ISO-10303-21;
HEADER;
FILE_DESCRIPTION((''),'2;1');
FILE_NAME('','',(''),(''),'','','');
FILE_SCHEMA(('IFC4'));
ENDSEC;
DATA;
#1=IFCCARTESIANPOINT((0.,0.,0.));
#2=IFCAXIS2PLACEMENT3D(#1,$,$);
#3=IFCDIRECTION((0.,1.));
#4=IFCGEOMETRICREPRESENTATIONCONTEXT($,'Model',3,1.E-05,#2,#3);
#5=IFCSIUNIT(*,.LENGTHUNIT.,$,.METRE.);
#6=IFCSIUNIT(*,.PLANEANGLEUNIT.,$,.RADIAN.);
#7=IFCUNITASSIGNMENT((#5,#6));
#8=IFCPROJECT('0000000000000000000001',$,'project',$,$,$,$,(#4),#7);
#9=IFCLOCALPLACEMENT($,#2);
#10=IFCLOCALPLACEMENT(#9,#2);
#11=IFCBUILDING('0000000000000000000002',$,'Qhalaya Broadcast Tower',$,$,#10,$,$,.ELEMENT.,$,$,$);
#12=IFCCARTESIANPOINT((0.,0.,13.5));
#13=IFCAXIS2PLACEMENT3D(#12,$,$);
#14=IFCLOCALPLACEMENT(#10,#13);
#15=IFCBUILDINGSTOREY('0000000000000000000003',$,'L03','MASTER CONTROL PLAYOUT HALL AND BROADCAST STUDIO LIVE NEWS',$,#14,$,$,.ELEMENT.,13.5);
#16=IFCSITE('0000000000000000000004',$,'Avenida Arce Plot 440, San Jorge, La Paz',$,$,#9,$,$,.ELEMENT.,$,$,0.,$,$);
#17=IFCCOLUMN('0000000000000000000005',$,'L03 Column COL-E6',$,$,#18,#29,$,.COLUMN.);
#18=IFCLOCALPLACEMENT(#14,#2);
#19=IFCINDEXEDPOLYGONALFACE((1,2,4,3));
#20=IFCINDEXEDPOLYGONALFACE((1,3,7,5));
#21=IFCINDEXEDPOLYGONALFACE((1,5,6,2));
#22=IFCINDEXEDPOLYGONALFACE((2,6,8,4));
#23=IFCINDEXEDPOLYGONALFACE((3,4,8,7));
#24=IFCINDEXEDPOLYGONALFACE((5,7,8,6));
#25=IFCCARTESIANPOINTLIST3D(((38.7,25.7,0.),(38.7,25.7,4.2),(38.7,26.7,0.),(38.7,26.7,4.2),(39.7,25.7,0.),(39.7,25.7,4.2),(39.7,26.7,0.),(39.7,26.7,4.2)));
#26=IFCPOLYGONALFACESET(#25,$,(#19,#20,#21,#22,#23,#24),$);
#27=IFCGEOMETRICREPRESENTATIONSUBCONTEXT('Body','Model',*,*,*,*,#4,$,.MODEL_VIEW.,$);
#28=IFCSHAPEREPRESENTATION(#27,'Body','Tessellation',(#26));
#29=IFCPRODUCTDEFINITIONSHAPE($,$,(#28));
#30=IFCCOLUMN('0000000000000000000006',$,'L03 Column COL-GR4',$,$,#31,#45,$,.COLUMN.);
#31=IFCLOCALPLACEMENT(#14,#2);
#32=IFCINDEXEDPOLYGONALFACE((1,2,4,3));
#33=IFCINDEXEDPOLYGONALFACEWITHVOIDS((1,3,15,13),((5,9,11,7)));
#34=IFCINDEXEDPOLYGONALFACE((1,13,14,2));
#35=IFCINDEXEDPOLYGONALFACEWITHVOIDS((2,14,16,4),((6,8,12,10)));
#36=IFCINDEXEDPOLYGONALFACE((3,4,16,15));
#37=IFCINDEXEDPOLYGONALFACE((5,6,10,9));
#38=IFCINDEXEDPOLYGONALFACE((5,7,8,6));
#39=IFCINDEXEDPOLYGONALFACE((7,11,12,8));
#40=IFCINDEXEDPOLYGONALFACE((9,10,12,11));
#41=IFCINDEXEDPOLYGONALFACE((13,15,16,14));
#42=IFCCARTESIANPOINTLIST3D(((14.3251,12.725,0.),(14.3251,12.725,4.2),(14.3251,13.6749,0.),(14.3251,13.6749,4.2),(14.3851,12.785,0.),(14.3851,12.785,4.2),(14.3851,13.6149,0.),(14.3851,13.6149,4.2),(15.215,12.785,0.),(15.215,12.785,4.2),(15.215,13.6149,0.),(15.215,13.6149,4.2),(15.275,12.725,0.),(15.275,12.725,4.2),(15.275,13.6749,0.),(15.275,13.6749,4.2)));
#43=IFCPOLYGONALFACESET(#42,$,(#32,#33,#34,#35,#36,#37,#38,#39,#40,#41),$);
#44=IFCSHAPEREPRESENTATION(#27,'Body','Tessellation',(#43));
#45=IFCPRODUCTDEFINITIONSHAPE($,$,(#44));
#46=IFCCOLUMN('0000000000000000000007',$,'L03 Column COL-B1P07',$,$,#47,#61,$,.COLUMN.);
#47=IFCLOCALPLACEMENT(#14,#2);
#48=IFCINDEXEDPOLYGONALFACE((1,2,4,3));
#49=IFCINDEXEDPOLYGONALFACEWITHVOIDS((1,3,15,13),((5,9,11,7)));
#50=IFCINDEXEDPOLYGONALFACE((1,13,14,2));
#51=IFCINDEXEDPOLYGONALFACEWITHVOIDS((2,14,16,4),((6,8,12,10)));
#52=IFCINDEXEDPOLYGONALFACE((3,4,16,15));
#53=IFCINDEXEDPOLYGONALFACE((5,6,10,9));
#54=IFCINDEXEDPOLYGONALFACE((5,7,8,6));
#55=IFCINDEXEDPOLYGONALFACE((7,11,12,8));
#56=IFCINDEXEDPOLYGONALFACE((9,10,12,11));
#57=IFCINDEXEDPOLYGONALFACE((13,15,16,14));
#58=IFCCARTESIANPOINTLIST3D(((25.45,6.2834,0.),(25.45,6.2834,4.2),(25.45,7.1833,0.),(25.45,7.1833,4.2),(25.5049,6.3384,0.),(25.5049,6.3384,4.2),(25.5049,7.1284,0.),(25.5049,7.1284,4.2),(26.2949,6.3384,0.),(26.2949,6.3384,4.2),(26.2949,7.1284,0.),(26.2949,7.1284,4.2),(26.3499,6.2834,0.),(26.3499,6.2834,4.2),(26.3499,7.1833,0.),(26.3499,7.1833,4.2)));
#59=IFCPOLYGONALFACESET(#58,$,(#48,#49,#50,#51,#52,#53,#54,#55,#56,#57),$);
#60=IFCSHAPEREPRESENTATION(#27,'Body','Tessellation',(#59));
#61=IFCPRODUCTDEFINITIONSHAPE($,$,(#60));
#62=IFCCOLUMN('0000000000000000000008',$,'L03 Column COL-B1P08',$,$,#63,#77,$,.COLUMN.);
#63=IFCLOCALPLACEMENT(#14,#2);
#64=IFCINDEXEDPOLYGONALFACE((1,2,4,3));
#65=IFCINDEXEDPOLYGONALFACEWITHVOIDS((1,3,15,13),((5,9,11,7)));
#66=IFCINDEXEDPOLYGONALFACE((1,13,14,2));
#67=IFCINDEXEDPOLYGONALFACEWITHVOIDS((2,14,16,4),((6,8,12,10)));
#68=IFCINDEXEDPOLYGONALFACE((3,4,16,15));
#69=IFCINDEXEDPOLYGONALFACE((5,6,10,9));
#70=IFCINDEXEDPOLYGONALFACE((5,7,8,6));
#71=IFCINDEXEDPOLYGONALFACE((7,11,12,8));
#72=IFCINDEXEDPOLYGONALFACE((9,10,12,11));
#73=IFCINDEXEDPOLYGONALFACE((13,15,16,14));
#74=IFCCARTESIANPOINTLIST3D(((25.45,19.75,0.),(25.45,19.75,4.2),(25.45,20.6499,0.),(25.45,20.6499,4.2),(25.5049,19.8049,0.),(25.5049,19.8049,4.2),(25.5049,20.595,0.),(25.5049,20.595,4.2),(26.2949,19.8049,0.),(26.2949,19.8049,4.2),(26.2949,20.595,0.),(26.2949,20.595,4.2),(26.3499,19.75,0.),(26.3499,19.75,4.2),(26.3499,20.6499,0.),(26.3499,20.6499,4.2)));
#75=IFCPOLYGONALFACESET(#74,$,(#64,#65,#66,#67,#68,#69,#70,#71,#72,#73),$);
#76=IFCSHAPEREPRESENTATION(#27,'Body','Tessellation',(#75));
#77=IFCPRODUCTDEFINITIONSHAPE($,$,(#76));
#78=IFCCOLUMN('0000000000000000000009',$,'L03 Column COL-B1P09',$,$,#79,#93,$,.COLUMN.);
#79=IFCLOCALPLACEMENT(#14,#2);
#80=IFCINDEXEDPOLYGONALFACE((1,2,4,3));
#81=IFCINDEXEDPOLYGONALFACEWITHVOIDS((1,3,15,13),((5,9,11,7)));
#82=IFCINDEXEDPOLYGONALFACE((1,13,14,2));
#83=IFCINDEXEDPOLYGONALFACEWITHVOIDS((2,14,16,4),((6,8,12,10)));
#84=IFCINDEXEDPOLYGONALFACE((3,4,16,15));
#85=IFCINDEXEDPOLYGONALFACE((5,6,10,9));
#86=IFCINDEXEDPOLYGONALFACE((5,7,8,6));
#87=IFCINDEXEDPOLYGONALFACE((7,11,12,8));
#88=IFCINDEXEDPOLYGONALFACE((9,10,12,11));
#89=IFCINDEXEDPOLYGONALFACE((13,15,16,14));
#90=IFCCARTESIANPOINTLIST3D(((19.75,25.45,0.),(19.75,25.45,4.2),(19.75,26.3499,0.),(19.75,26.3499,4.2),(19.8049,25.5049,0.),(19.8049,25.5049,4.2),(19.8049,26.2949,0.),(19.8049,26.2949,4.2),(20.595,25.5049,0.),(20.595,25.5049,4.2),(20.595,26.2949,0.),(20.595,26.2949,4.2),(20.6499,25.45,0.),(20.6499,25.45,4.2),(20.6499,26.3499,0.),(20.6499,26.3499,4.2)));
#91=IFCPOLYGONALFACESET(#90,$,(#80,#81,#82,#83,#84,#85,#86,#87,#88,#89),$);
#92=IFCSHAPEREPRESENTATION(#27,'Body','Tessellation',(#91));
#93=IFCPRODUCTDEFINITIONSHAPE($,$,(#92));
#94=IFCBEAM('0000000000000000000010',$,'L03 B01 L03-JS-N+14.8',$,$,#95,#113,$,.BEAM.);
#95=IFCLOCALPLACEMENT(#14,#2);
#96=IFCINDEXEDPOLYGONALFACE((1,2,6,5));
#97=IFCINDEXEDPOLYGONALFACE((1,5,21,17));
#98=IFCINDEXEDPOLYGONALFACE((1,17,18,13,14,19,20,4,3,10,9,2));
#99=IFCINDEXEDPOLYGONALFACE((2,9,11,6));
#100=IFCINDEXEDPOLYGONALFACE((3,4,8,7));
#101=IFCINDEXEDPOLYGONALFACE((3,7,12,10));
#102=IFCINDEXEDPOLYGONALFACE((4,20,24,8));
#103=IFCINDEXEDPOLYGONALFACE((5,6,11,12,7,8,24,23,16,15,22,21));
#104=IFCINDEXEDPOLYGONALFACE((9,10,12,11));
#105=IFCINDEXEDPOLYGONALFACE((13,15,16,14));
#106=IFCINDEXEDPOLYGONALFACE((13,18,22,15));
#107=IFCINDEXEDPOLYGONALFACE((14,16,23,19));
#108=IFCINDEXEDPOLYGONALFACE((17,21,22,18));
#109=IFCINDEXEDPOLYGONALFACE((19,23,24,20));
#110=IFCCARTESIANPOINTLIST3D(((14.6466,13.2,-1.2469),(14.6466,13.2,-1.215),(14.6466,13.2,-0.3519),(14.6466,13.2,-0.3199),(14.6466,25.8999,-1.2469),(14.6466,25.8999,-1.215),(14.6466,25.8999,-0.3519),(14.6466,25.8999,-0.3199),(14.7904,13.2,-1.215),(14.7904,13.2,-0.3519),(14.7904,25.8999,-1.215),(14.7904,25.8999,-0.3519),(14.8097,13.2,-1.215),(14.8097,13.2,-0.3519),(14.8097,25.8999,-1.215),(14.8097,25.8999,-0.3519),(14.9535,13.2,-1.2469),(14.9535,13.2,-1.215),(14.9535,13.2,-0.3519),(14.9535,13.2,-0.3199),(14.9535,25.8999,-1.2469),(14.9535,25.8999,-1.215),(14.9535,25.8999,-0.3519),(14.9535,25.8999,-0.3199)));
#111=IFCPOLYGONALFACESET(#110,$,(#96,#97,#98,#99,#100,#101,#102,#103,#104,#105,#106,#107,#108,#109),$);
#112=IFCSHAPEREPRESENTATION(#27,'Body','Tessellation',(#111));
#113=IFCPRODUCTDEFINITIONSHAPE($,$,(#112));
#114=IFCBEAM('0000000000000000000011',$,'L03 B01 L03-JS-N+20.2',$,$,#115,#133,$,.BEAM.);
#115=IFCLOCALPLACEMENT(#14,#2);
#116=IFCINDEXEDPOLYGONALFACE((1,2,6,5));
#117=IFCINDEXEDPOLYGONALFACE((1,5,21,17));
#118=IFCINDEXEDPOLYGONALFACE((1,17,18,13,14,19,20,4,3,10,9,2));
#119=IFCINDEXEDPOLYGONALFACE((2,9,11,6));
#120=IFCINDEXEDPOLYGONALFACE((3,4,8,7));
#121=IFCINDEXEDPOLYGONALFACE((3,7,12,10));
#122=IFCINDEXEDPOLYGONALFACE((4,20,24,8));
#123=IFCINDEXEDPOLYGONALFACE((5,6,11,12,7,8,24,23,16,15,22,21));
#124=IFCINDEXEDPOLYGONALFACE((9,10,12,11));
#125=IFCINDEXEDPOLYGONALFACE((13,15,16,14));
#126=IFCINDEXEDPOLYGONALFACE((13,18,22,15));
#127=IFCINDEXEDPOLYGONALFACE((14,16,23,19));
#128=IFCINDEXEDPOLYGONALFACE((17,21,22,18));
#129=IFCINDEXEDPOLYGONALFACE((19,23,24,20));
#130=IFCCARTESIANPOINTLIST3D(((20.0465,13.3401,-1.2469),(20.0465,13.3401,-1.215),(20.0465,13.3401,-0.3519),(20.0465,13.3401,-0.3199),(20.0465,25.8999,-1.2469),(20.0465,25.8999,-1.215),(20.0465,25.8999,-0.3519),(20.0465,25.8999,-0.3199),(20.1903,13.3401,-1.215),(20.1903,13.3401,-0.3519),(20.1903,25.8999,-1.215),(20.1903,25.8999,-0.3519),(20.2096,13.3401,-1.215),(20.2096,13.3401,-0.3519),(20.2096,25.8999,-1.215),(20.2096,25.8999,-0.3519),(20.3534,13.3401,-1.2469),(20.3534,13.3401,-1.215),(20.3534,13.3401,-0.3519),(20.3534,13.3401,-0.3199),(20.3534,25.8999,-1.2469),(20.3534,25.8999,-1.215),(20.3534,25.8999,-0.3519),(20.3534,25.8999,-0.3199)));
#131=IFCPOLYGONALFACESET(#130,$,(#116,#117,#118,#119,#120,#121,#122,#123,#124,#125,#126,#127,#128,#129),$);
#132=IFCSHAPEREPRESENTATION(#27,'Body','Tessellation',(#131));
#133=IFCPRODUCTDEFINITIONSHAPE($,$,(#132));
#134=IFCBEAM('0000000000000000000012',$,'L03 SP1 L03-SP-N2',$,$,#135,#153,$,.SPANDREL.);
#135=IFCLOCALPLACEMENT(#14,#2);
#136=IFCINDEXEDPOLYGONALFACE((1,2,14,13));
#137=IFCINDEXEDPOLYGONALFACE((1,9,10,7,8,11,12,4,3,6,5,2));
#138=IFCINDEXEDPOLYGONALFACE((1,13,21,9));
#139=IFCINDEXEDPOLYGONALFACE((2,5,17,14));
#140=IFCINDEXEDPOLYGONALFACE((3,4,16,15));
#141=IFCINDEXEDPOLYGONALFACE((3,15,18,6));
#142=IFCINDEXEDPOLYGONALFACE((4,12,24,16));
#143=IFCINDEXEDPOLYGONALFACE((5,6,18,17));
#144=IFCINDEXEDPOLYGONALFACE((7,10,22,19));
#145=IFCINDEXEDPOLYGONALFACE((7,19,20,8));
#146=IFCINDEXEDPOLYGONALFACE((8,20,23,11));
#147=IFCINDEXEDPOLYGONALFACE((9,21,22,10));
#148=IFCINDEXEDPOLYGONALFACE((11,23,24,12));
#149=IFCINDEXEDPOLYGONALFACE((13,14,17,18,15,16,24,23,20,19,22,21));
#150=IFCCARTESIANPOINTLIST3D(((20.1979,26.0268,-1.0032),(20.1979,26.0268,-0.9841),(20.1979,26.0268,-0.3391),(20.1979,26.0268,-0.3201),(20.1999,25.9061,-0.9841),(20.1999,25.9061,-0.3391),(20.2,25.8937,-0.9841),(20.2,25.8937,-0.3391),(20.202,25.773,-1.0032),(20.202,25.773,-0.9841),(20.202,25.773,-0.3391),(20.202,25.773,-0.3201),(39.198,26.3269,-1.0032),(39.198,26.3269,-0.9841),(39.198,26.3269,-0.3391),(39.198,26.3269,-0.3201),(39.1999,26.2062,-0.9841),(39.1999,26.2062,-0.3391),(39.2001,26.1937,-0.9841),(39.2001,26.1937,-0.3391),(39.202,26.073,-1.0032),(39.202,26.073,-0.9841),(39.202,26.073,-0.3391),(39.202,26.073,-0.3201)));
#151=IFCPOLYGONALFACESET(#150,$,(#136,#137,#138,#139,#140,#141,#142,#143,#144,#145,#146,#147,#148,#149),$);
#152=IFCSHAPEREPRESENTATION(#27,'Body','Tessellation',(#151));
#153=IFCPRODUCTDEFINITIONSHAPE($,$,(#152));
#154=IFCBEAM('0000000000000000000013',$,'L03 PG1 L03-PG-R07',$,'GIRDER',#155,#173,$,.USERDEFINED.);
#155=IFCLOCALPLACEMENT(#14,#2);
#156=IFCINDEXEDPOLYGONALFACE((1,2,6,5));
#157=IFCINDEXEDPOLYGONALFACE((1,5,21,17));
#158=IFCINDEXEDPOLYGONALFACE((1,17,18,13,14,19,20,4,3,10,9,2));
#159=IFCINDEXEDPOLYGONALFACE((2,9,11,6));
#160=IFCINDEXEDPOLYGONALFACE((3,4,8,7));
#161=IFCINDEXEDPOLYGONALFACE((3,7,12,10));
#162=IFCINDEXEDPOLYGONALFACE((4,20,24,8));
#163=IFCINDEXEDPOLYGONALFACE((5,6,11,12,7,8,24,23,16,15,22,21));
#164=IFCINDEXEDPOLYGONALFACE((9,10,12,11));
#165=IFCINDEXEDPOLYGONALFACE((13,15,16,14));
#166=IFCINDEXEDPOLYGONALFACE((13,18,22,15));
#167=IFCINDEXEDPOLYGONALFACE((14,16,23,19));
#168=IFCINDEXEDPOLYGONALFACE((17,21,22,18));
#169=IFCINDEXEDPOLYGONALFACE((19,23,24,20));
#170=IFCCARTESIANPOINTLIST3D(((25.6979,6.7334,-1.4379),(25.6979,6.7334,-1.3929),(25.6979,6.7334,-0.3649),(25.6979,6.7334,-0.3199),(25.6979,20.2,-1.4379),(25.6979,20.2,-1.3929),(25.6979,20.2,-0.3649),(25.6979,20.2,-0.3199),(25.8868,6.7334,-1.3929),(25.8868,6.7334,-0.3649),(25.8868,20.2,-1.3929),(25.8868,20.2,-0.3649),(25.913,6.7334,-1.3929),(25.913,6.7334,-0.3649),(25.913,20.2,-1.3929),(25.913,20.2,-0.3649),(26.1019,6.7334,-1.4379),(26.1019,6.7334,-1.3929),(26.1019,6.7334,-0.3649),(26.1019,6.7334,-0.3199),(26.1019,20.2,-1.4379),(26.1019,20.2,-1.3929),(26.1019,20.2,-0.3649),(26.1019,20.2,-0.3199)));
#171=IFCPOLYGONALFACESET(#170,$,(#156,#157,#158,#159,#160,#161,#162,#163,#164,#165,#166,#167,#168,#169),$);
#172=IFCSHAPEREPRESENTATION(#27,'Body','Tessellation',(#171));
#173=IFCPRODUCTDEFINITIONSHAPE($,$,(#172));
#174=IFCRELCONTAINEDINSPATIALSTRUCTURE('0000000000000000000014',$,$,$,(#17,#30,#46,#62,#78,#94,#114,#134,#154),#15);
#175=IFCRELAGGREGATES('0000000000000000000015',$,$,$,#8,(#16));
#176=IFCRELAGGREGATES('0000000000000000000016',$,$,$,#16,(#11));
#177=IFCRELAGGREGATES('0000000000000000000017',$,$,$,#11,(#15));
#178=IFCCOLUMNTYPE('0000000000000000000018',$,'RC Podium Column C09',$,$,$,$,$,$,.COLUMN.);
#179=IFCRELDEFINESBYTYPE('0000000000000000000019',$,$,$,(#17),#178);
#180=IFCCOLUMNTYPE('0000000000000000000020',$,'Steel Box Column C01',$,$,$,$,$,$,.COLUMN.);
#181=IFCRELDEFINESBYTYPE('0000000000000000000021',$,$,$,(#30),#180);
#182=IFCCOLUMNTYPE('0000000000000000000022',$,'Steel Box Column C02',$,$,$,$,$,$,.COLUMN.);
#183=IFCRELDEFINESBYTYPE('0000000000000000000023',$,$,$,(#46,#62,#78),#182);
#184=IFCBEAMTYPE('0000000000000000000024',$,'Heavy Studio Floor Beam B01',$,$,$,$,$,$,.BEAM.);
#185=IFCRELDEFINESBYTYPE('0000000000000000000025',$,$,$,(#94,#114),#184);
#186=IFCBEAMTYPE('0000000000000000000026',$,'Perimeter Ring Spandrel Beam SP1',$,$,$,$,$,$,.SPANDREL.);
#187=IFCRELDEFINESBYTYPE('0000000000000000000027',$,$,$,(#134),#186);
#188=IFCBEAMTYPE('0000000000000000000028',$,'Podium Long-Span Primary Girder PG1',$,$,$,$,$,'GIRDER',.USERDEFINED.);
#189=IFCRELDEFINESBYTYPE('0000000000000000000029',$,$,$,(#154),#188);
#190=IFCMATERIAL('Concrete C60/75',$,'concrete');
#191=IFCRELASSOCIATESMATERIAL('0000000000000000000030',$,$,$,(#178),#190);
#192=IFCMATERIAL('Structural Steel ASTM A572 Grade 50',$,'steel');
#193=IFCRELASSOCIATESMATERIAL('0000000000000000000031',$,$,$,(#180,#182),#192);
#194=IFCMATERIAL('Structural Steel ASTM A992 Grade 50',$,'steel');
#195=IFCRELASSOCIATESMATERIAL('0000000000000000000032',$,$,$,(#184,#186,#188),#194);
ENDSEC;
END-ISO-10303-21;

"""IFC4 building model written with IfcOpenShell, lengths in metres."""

from ifc_helpers import new_model, si_unit, direction, frame, origin, origin_2d, place, context, subcontext, project, spatial, rectangle, hollow_rectangle, i_section, extrude, material, material_profile, profile_set, type_object, element, save


model = new_model("IFC4")

# Units and contexts
model_context = context("Model", 3, precision=1e-05, world=origin(), true_north=direction((0.0, 1.0)))
body_context = subcontext(model_context, "Body", "Model", "MODEL_VIEW")
ifc_project = project(units=[si_unit("LENGTHUNIT", "METRE"), si_unit("PLANEANGLEUNIT", "RADIAN")], contexts=[model_context])

# Site, building, storey
site_placement = place(None, origin())
site = spatial("IfcSite", under=ifc_project, at=site_placement, Name="Avenida Arce Plot 440, San Jorge, La Paz", CompositionType="ELEMENT", RefElevation=0.0)
building_placement = place(site_placement, origin())
building = spatial("IfcBuilding", under=site, at=building_placement, Name="Qhalaya Broadcast Tower", CompositionType="ELEMENT")
storey_placement = place(building_placement, frame((0.0, 0.0, 13.5)))
storey = spatial("IfcBuildingStorey", under=building, at=storey_placement, Name="L03", Description="MASTER CONTROL PLAYOUT HALL AND BROADCAST STUDIO LIVE NEWS", CompositionType="ELEMENT", Elevation=13.5)

# Columns
ifc_material_1 = material(Name="Concrete C60/75", Category="concrete")
ifc_material_profile_1 = material_profile(ifc_material_1, rectangle(XDim=1.0, YDim=1.0, at=origin_2d()), Name="RC-COL 1000x1000")
ifc_profile_set_1 = profile_set([ifc_material_profile_1], Name="Concrete C60/75")
column_type_1 = type_object("IfcColumnType", Name="RC Podium Column C09", PredefinedType="COLUMN", material=ifc_profile_set_1)
column_1_placement = place(storey_placement, frame((39.2, 26.2, 0.0), z_axis=(0.0, 0.0, 1.0), x_axis=(1.0, 0.0, 0.0)))
element("IfcColumn", 1, at=column_1_placement, inside=storey, type_object=column_type_1, Name="L03 Column COL-E6", PredefinedType="COLUMN", context=body_context, shape_type="SweptSolid", body=[
    extrude(rectangle(XDim=1.0, YDim=1.0, at=origin_2d()), origin(), (0.0, 0.0, 1.0), 4.2),
])
ifc_material_2 = material(Name="Structural Steel ASTM A572 Grade 50", Category="steel")
ifc_material_profile_2 = material_profile(ifc_material_2, hollow_rectangle(XDim=0.95, YDim=0.95, WallThickness=0.0601, at=origin_2d()), Name="BOX 950x950x60")
ifc_profile_set_2 = profile_set([ifc_material_profile_2], Name="Structural Steel ASTM A572 Grade 50")
column_type_2 = type_object("IfcColumnType", Name="Steel Box Column C01", PredefinedType="COLUMN", material=ifc_profile_set_2)
column_2_placement = place(storey_placement, frame((14.8, 13.2, 0.0), z_axis=(0.0, 0.0, 1.0), x_axis=(1.0, 0.0, 0.0)))
element("IfcColumn", 2, at=column_2_placement, inside=storey, type_object=column_type_2, Name="L03 Column COL-GR4", PredefinedType="COLUMN", context=body_context, shape_type="SweptSolid", body=[
    extrude(hollow_rectangle(XDim=0.95, YDim=0.95, WallThickness=0.0601, at=origin_2d()), origin(), (0.0, 0.0, 1.0), 4.2),
])
ifc_material_profile_3 = material_profile(ifc_material_2, hollow_rectangle(XDim=0.8999, YDim=0.8999, WallThickness=0.0549, at=origin_2d()), Name="BOX 900x900x55")
ifc_profile_set_3 = profile_set([ifc_material_profile_3], Name="Structural Steel ASTM A572 Grade 50")
column_type_3 = type_object("IfcColumnType", Name="Steel Box Column C02", PredefinedType="COLUMN", material=ifc_profile_set_3)
for number, where, z_axis, x_axis, name in (
    (3, (25.8999, 6.7334, 0.0), (0.0, 0.0, 1.0), (0.0, 1.0, 0.0), "L03 Column COL-B1P07"),
    (4, (25.8999, 20.2, 0.0), (0.0, 0.0, 1.0), (0.0, 1.0, 0.0), "L03 Column COL-B1P08"),
    (5, (20.2, 25.8999, 0.0), (0.0, 0.0, 1.0), (1.0, 0.0, 0.0), "L03 Column COL-B1P09"),
):
    element("IfcColumn", number, at=place(storey_placement, frame(where, z_axis=z_axis, x_axis=x_axis)), inside=storey, type_object=column_type_3, Name=name, PredefinedType="COLUMN", context=body_context, shape_type="SweptSolid", body=[
        extrude(hollow_rectangle(XDim=0.8999, YDim=0.8999, WallThickness=0.0549, at=origin_2d()), origin(), (0.0, 0.0, 1.0), 4.2),
    ])

# Beams
ifc_material_3 = material(Name="Structural Steel ASTM A992 Grade 50", Category="steel")
ifc_material_profile_4 = material_profile(ifc_material_3, i_section(OverallWidth=0.3069, OverallDepth=0.927, WebThickness=0.0193, FlangeThickness=0.032, at=origin_2d()), Name="W36X194")
ifc_profile_set_4 = profile_set([ifc_material_profile_4], Name="Structural Steel ASTM A992 Grade 50")
beam_type_1 = type_object("IfcBeamType", Name="Heavy Studio Floor Beam B01", PredefinedType="BEAM", material=ifc_profile_set_4)
beam_1_placement = place(storey_placement, frame((14.8, 13.2, -0.7834), z_axis=(0.0, 1.0, 0.0), x_axis=(-1.0, 0.0, 0.0)))
element("IfcBeam", 6, at=beam_1_placement, inside=storey, type_object=beam_type_1, Name="L03 B01 L03-JS-N+14.8", PredefinedType="BEAM", context=body_context, shape_type="SweptSolid", body=[
    extrude(i_section(OverallWidth=0.3069, OverallDepth=0.927, WebThickness=0.0193, FlangeThickness=0.032, at=origin_2d()), origin(), (0.0, 0.0, 1.0), 12.7),
])
beam_2_placement = place(storey_placement, frame((20.2, 13.3401, -0.7834), z_axis=(0.0, 1.0, 0.0), x_axis=(-1.0, 0.0, 0.0)))
element("IfcBeam", 7, at=beam_2_placement, inside=storey, type_object=beam_type_1, Name="L03 B01 L03-JS-N+20.2", PredefinedType="BEAM", context=body_context, shape_type="SweptSolid", body=[
    extrude(i_section(OverallWidth=0.3069, OverallDepth=0.927, WebThickness=0.0193, FlangeThickness=0.032, at=origin_2d()), origin(), (0.0, 0.0, 1.0), 12.5598),
])
ifc_material_profile_5 = material_profile(ifc_material_3, i_section(OverallWidth=0.2539, OverallDepth=0.6831, WebThickness=0.0125, FlangeThickness=0.019, at=origin_2d()), Name="W27X94")
ifc_profile_set_5 = profile_set([ifc_material_profile_5], Name="Structural Steel ASTM A992 Grade 50")
beam_type_2 = type_object("IfcBeamType", Name="Perimeter Ring Spandrel Beam SP1", PredefinedType="SPANDREL", material=ifc_profile_set_5)
beam_3_placement = place(storey_placement, frame((20.2, 25.8999, -0.6616), z_axis=(0.999875, 0.01579, 0.0), x_axis=(-0.01579, 0.999875, 0.0)))
element("IfcBeam", 8, at=beam_3_placement, inside=storey, type_object=beam_type_2, Name="L03 SP1 L03-SP-N2", PredefinedType="SPANDREL", context=body_context, shape_type="SweptSolid", body=[
    extrude(i_section(OverallWidth=0.2539, OverallDepth=0.6831, WebThickness=0.0125, FlangeThickness=0.019, at=origin_2d()), origin(), (0.0, 0.0, 1.0), 19.0024),
])
ifc_material_profile_6 = material_profile(ifc_material_3, i_section(OverallWidth=0.4041, OverallDepth=1.1179, WebThickness=0.0261, FlangeThickness=0.0449, at=origin_2d()), Name="W44X335")
ifc_profile_set_6 = profile_set([ifc_material_profile_6], Name="Structural Steel ASTM A992 Grade 50")
beam_type_3 = type_object("IfcBeamType", Name="Podium Long-Span Primary Girder PG1", ElementType="GIRDER", PredefinedType="USERDEFINED", material=ifc_profile_set_6)
beam_4_placement = place(storey_placement, frame((25.8999, 6.7334, -0.8789), z_axis=(0.0, 1.0, 0.0), x_axis=(-1.0, 0.0, 0.0)))
element("IfcBeam", 9, at=beam_4_placement, inside=storey, type_object=beam_type_3, Name="L03 PG1 L03-PG-R07", ObjectType="GIRDER", PredefinedType="USERDEFINED", context=body_context, shape_type="SweptSolid", body=[
    extrude(i_section(OverallWidth=0.4041, OverallDepth=1.1179, WebThickness=0.0261, FlangeThickness=0.0449, at=origin_2d()), origin(), (0.0, 0.0, 1.0), 13.4666),
])

save(model, "model.ifc")
